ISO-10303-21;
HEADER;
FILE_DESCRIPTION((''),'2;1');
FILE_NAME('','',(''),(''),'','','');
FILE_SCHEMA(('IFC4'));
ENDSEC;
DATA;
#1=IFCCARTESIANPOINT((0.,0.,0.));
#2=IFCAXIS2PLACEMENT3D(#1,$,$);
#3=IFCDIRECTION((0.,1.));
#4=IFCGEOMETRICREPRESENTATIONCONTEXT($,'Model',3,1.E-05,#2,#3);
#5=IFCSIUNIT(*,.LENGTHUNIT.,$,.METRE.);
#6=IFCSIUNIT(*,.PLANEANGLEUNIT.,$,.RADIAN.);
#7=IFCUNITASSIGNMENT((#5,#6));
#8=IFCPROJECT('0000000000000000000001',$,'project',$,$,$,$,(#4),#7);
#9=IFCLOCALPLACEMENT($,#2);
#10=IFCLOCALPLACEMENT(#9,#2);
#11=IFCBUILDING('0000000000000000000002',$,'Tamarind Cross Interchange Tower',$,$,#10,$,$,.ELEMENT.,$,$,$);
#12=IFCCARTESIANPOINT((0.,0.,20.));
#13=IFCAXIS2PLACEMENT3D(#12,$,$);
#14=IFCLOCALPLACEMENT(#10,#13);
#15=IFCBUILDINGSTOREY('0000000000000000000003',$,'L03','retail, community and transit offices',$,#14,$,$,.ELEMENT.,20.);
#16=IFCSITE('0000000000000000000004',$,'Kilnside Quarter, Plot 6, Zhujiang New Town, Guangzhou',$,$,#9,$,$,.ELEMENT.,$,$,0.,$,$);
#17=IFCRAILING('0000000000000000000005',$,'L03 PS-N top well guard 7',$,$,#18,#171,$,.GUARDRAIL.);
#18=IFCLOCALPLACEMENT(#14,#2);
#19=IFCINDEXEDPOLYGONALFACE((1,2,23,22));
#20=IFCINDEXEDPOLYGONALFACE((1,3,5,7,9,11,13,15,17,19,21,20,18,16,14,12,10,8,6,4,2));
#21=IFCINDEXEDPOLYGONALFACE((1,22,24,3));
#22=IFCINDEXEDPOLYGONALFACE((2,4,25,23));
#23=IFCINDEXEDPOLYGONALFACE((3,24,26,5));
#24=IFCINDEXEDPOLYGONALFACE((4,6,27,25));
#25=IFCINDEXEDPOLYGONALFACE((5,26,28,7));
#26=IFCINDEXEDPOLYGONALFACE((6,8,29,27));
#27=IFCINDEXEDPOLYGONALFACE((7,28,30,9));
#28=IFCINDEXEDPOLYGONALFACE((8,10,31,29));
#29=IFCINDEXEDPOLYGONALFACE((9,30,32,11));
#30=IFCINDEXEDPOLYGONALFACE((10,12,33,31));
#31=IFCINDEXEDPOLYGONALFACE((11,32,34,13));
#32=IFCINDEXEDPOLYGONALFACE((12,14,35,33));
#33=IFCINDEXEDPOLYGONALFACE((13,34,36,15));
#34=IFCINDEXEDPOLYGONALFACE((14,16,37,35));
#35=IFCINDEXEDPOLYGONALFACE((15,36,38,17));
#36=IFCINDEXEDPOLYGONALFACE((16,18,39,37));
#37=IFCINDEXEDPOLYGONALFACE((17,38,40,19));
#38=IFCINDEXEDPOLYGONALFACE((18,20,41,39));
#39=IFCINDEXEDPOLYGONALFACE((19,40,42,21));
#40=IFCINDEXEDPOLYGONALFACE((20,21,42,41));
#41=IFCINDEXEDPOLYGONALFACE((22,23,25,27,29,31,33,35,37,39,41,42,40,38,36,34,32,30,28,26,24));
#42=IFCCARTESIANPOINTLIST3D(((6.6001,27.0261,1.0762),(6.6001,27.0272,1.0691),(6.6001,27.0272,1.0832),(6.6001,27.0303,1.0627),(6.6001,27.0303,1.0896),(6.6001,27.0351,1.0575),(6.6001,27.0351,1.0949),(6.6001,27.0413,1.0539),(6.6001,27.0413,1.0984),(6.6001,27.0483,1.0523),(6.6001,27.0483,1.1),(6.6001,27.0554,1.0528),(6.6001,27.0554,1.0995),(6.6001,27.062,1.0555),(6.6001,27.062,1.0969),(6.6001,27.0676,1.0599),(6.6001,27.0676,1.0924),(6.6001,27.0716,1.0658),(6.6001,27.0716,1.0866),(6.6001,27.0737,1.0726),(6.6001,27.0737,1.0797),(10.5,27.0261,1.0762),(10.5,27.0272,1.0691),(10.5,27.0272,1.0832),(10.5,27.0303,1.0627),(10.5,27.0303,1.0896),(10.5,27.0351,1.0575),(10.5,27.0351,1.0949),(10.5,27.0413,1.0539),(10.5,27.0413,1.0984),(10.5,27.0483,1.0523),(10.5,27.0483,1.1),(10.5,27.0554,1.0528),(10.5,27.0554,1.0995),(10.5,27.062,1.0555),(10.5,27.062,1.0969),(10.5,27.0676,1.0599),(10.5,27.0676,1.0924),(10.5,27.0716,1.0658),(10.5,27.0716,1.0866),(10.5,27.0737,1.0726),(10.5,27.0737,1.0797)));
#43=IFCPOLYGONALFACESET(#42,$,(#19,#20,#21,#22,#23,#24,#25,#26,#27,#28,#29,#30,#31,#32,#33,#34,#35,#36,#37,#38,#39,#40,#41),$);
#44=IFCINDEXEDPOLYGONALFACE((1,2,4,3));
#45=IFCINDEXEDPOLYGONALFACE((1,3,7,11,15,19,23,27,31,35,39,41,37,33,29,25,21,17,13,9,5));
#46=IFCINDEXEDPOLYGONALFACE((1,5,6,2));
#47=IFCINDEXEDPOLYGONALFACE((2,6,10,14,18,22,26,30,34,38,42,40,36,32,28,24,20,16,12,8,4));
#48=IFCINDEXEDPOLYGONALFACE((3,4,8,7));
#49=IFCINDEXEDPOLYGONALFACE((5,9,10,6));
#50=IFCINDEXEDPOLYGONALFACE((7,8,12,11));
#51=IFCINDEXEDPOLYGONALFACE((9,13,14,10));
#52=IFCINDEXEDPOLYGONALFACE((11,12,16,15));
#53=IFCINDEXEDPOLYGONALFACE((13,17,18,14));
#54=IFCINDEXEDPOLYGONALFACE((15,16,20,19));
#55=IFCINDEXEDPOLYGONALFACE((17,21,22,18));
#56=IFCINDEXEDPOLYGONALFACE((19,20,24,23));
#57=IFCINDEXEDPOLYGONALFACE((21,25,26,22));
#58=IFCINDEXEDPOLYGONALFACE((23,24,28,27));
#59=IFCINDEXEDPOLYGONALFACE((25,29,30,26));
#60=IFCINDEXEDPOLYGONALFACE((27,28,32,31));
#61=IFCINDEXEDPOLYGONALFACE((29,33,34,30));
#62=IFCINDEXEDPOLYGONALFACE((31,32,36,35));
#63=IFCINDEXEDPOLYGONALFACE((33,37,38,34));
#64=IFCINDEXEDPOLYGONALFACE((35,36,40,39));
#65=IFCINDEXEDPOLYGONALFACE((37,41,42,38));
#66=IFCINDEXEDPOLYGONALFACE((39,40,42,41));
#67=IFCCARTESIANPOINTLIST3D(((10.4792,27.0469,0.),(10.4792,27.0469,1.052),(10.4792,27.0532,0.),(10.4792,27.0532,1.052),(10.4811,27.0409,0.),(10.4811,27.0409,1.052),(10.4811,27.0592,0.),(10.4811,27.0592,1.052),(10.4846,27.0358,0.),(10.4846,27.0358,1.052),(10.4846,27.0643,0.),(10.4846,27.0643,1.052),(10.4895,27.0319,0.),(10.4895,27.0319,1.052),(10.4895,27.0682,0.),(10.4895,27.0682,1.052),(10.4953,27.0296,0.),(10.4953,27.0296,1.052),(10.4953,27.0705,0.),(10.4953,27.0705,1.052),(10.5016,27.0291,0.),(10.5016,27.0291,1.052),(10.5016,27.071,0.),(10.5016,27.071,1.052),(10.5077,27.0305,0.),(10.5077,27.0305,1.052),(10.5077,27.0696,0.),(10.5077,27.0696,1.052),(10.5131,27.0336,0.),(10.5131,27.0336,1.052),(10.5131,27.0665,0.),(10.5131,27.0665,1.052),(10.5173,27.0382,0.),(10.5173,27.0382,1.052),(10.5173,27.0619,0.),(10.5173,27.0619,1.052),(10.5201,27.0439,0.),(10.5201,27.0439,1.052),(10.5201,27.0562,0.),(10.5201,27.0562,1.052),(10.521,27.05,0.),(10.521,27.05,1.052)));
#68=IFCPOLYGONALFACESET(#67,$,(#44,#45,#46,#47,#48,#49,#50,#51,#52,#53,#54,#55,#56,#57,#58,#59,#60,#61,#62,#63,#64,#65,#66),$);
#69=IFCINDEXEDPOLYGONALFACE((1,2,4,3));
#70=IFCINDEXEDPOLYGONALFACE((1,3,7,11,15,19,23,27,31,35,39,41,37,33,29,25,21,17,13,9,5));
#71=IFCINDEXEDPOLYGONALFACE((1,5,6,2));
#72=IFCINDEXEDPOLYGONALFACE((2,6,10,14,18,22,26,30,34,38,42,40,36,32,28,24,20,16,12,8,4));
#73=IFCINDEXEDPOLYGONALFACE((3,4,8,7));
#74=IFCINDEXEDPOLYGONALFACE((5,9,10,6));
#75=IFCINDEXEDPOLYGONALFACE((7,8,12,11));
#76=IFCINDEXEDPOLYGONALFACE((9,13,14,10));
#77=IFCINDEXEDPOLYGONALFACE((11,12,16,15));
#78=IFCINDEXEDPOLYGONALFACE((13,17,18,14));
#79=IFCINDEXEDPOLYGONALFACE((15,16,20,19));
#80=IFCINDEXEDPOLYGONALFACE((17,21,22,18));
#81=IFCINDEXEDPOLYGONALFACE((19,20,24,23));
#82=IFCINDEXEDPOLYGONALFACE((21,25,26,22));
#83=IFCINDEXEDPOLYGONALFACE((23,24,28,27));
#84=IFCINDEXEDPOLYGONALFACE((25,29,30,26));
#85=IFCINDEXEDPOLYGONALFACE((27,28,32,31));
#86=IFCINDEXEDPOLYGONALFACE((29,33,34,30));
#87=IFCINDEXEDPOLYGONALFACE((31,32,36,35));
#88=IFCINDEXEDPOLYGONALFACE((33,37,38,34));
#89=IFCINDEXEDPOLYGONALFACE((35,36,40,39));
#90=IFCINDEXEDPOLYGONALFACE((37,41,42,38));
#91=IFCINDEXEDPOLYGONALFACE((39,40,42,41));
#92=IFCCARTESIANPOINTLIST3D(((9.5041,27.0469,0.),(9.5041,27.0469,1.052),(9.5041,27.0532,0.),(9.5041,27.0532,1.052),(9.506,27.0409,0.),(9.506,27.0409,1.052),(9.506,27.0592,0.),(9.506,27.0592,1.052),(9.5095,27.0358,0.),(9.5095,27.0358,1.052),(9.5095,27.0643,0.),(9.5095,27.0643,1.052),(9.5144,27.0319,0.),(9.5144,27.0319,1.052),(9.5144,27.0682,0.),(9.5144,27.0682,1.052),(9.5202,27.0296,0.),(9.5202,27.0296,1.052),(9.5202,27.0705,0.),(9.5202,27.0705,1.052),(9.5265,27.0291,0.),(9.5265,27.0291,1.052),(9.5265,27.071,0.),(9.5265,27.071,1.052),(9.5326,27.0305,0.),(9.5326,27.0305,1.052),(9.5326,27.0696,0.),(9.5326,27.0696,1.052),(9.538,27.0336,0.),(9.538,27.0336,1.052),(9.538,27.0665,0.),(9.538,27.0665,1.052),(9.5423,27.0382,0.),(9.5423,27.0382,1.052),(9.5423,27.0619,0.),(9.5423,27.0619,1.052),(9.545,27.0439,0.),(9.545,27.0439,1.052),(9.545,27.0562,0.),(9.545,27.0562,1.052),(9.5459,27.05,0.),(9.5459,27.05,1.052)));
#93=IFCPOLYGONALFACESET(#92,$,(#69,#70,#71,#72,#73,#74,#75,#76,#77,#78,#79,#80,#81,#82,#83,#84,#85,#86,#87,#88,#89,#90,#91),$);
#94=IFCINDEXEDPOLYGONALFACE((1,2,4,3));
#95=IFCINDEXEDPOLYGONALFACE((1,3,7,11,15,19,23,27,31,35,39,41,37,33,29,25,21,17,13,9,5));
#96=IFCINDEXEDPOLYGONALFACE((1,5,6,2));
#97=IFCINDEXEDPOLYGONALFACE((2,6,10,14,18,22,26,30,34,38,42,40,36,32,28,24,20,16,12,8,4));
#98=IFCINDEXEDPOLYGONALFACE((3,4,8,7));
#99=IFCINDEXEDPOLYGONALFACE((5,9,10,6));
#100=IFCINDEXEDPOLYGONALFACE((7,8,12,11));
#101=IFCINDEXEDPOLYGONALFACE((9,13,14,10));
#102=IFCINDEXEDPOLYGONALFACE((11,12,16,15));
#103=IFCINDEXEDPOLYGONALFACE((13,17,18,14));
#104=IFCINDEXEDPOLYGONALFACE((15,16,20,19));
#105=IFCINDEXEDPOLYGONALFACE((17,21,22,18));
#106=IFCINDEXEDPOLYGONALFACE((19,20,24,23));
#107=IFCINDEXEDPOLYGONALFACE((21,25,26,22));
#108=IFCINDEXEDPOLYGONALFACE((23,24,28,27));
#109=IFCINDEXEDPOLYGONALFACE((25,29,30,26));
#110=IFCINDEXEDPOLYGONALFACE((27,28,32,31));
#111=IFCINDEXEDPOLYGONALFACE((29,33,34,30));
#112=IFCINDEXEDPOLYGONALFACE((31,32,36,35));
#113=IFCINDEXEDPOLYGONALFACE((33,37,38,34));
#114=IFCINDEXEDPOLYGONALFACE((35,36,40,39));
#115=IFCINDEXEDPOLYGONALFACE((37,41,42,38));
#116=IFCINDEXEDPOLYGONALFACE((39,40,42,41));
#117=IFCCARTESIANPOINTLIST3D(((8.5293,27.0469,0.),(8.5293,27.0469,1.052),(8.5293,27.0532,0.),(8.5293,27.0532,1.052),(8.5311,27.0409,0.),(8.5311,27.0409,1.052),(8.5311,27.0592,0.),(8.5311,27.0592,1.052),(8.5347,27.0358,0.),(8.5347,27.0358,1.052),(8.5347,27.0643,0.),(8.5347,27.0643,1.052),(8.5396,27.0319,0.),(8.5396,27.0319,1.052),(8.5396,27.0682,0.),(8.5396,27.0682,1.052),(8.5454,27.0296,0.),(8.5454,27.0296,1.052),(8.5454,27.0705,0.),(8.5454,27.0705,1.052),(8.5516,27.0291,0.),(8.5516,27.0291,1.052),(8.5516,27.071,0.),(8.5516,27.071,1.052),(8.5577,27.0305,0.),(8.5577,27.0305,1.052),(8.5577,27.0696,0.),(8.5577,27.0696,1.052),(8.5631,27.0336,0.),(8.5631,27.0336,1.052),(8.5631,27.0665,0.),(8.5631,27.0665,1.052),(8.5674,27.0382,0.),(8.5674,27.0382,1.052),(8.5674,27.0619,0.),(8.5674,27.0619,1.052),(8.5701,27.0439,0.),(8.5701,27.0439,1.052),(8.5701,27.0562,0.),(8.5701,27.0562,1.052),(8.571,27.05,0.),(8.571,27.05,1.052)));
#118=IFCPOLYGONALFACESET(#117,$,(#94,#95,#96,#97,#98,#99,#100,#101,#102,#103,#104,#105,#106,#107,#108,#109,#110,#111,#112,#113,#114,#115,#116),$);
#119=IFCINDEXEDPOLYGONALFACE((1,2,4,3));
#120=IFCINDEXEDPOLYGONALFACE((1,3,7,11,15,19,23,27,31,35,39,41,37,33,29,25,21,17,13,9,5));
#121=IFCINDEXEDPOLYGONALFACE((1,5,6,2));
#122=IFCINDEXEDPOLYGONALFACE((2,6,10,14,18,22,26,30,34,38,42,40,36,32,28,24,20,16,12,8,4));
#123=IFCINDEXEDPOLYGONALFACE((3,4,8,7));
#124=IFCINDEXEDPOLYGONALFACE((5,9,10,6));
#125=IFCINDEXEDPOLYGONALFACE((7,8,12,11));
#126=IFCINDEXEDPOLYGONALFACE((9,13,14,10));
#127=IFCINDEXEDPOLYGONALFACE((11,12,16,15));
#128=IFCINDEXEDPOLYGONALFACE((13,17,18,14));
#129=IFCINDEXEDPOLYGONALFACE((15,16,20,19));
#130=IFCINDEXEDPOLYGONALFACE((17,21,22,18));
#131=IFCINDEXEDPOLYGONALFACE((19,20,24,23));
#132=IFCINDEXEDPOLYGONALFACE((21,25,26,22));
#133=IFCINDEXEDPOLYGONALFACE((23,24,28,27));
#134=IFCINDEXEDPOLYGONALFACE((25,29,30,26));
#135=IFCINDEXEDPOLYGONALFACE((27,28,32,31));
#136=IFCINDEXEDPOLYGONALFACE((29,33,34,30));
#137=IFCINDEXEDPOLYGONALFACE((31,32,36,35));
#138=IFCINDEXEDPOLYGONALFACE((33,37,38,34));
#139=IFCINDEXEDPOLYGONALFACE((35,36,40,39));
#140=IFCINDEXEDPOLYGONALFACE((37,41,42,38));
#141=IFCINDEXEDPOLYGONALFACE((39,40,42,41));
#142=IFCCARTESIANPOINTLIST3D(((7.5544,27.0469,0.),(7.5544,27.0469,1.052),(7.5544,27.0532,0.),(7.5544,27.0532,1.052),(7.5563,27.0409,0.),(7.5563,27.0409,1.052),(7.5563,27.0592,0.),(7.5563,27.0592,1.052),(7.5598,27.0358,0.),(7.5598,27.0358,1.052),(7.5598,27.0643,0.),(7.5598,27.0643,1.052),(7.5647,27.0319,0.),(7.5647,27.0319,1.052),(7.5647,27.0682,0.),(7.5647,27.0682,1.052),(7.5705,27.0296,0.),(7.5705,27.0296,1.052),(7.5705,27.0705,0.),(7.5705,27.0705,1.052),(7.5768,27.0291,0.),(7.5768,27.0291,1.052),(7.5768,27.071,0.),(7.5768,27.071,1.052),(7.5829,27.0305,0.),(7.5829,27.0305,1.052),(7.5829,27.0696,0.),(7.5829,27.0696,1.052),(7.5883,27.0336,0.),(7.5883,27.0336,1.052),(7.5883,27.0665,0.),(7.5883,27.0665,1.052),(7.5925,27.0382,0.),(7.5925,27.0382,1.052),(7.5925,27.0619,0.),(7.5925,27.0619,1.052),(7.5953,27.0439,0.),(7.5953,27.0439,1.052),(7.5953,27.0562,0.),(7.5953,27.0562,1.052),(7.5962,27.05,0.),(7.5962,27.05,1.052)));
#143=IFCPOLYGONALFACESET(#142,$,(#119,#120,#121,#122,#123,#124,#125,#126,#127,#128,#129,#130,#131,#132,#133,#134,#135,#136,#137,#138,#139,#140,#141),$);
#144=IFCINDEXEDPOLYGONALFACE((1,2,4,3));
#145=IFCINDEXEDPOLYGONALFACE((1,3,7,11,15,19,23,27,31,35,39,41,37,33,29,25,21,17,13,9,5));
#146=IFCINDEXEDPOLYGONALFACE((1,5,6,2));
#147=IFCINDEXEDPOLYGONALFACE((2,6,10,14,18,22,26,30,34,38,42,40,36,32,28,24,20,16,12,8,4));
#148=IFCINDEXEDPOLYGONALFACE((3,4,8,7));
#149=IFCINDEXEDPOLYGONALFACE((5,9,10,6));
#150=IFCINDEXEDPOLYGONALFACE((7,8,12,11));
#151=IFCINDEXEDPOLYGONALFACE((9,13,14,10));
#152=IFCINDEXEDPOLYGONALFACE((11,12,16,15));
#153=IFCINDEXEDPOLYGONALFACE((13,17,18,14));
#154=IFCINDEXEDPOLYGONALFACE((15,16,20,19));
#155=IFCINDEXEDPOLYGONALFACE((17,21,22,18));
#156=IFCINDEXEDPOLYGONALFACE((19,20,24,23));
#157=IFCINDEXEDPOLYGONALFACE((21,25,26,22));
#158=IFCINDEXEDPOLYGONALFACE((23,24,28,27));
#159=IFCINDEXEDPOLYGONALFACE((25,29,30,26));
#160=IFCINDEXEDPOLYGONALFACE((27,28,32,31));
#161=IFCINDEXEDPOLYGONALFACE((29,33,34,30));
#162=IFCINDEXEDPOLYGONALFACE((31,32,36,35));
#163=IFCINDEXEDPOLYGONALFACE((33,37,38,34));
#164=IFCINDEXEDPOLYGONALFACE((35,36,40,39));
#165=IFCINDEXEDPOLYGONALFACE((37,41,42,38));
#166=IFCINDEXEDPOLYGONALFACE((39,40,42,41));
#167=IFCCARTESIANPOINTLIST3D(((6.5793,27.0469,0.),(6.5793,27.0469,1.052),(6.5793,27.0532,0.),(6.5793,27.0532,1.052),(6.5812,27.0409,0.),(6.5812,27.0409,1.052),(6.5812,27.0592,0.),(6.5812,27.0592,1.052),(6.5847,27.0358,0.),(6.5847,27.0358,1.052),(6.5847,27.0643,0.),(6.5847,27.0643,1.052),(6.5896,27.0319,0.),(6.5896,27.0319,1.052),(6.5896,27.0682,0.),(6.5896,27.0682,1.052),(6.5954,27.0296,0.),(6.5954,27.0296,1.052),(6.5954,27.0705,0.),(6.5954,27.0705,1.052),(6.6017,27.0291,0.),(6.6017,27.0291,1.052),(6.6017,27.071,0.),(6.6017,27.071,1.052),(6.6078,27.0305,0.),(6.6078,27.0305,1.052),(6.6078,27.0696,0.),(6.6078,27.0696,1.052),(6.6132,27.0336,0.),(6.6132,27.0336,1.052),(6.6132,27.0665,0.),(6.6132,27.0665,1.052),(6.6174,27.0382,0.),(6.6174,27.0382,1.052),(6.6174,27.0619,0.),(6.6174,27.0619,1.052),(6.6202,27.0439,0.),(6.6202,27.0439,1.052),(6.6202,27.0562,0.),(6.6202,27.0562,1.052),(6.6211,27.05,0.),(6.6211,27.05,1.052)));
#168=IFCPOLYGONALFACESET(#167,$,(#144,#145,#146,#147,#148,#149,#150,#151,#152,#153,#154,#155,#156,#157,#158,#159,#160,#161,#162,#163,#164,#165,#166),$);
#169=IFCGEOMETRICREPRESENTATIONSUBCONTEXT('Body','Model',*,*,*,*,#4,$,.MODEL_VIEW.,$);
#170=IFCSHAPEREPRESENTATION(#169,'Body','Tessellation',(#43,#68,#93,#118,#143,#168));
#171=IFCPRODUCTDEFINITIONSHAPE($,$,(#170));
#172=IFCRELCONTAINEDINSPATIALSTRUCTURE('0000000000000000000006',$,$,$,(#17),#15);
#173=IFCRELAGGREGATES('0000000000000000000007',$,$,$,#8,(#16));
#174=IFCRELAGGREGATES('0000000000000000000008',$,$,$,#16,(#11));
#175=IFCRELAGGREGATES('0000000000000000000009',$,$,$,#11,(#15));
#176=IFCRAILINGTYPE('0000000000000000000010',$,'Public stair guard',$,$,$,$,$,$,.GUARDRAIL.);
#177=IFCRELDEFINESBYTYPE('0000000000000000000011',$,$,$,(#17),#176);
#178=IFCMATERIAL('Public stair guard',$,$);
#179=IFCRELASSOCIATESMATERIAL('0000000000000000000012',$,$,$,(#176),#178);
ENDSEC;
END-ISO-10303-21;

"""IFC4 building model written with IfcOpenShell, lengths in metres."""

from ifc_helpers import new_model, si_unit, direction, frame, origin, origin_2d, place, context, subcontext, project, spatial, circle, extrude, material, type_object, element, save


model = new_model("IFC4")

# Units and contexts
model_context = context("Model", 3, precision=1e-05, world=origin(), true_north=direction((0.0, 1.0)))
body_context = subcontext(model_context, "Body", "Model", "MODEL_VIEW")
ifc_project = project(units=[si_unit("LENGTHUNIT", "METRE"), si_unit("PLANEANGLEUNIT", "RADIAN")], contexts=[model_context])

# Site, building, storey
site_placement = place(None, origin())
site = spatial("IfcSite", under=ifc_project, at=site_placement, Name="Kilnside Quarter, Plot 6, Zhujiang New Town, Guangzhou", CompositionType="ELEMENT", RefElevation=0.0)
building_placement = place(site_placement, origin())
building = spatial("IfcBuilding", under=site, at=building_placement, Name="Tamarind Cross Interchange Tower", CompositionType="ELEMENT")
storey_placement = place(building_placement, frame((0.0, 0.0, 20.0)))
storey = spatial("IfcBuildingStorey", under=building, at=storey_placement, Name="L03", Description="retail, community and transit offices", CompositionType="ELEMENT", Elevation=20.0)

# Railing
ifc_material_1 = material(Name="Public stair guard")
railing_type_1 = type_object("IfcRailingType", Name="Public stair guard", PredefinedType="GUARDRAIL", material=ifc_material_1)
railing_1_placement = place(storey_placement, frame((10.5, 27.05, 0.0)))
element("IfcRailing", 1, at=railing_1_placement, inside=storey, type_object=railing_type_1, Name="L03 PS-N top well guard 7", PredefinedType="GUARDRAIL", context=body_context, shape_type="SweptSolid", body=[
    extrude(circle(Radius=0.0239, at=origin_2d()), frame((0.0, 0.0, 1.0762), z_axis=(-1.0, 0.0, 0.0), x_axis=(0.0, -1.0, 0.0)), (0.0, 0.0, 1.0), 3.8999),
    extrude(circle(Radius=0.021, at=origin_2d()), origin(), (0.0, 0.0, 1.0), 1.052),
    extrude(circle(Radius=0.021, at=origin_2d()), frame((-0.9751, 0.0, 0.0)), (0.0, 0.0, 1.0), 1.052),
    extrude(circle(Radius=0.021, at=origin_2d()), frame((-1.95, 0.0, 0.0)), (0.0, 0.0, 1.0), 1.052),
    extrude(circle(Radius=0.021, at=origin_2d()), frame((-2.9248, 0.0, 0.0)), (0.0, 0.0, 1.0), 1.052),
    extrude(circle(Radius=0.021, at=origin_2d()), frame((-3.8999, 0.0, 0.0)), (0.0, 0.0, 1.0), 1.052),
])

save(model, "model.ifc")
